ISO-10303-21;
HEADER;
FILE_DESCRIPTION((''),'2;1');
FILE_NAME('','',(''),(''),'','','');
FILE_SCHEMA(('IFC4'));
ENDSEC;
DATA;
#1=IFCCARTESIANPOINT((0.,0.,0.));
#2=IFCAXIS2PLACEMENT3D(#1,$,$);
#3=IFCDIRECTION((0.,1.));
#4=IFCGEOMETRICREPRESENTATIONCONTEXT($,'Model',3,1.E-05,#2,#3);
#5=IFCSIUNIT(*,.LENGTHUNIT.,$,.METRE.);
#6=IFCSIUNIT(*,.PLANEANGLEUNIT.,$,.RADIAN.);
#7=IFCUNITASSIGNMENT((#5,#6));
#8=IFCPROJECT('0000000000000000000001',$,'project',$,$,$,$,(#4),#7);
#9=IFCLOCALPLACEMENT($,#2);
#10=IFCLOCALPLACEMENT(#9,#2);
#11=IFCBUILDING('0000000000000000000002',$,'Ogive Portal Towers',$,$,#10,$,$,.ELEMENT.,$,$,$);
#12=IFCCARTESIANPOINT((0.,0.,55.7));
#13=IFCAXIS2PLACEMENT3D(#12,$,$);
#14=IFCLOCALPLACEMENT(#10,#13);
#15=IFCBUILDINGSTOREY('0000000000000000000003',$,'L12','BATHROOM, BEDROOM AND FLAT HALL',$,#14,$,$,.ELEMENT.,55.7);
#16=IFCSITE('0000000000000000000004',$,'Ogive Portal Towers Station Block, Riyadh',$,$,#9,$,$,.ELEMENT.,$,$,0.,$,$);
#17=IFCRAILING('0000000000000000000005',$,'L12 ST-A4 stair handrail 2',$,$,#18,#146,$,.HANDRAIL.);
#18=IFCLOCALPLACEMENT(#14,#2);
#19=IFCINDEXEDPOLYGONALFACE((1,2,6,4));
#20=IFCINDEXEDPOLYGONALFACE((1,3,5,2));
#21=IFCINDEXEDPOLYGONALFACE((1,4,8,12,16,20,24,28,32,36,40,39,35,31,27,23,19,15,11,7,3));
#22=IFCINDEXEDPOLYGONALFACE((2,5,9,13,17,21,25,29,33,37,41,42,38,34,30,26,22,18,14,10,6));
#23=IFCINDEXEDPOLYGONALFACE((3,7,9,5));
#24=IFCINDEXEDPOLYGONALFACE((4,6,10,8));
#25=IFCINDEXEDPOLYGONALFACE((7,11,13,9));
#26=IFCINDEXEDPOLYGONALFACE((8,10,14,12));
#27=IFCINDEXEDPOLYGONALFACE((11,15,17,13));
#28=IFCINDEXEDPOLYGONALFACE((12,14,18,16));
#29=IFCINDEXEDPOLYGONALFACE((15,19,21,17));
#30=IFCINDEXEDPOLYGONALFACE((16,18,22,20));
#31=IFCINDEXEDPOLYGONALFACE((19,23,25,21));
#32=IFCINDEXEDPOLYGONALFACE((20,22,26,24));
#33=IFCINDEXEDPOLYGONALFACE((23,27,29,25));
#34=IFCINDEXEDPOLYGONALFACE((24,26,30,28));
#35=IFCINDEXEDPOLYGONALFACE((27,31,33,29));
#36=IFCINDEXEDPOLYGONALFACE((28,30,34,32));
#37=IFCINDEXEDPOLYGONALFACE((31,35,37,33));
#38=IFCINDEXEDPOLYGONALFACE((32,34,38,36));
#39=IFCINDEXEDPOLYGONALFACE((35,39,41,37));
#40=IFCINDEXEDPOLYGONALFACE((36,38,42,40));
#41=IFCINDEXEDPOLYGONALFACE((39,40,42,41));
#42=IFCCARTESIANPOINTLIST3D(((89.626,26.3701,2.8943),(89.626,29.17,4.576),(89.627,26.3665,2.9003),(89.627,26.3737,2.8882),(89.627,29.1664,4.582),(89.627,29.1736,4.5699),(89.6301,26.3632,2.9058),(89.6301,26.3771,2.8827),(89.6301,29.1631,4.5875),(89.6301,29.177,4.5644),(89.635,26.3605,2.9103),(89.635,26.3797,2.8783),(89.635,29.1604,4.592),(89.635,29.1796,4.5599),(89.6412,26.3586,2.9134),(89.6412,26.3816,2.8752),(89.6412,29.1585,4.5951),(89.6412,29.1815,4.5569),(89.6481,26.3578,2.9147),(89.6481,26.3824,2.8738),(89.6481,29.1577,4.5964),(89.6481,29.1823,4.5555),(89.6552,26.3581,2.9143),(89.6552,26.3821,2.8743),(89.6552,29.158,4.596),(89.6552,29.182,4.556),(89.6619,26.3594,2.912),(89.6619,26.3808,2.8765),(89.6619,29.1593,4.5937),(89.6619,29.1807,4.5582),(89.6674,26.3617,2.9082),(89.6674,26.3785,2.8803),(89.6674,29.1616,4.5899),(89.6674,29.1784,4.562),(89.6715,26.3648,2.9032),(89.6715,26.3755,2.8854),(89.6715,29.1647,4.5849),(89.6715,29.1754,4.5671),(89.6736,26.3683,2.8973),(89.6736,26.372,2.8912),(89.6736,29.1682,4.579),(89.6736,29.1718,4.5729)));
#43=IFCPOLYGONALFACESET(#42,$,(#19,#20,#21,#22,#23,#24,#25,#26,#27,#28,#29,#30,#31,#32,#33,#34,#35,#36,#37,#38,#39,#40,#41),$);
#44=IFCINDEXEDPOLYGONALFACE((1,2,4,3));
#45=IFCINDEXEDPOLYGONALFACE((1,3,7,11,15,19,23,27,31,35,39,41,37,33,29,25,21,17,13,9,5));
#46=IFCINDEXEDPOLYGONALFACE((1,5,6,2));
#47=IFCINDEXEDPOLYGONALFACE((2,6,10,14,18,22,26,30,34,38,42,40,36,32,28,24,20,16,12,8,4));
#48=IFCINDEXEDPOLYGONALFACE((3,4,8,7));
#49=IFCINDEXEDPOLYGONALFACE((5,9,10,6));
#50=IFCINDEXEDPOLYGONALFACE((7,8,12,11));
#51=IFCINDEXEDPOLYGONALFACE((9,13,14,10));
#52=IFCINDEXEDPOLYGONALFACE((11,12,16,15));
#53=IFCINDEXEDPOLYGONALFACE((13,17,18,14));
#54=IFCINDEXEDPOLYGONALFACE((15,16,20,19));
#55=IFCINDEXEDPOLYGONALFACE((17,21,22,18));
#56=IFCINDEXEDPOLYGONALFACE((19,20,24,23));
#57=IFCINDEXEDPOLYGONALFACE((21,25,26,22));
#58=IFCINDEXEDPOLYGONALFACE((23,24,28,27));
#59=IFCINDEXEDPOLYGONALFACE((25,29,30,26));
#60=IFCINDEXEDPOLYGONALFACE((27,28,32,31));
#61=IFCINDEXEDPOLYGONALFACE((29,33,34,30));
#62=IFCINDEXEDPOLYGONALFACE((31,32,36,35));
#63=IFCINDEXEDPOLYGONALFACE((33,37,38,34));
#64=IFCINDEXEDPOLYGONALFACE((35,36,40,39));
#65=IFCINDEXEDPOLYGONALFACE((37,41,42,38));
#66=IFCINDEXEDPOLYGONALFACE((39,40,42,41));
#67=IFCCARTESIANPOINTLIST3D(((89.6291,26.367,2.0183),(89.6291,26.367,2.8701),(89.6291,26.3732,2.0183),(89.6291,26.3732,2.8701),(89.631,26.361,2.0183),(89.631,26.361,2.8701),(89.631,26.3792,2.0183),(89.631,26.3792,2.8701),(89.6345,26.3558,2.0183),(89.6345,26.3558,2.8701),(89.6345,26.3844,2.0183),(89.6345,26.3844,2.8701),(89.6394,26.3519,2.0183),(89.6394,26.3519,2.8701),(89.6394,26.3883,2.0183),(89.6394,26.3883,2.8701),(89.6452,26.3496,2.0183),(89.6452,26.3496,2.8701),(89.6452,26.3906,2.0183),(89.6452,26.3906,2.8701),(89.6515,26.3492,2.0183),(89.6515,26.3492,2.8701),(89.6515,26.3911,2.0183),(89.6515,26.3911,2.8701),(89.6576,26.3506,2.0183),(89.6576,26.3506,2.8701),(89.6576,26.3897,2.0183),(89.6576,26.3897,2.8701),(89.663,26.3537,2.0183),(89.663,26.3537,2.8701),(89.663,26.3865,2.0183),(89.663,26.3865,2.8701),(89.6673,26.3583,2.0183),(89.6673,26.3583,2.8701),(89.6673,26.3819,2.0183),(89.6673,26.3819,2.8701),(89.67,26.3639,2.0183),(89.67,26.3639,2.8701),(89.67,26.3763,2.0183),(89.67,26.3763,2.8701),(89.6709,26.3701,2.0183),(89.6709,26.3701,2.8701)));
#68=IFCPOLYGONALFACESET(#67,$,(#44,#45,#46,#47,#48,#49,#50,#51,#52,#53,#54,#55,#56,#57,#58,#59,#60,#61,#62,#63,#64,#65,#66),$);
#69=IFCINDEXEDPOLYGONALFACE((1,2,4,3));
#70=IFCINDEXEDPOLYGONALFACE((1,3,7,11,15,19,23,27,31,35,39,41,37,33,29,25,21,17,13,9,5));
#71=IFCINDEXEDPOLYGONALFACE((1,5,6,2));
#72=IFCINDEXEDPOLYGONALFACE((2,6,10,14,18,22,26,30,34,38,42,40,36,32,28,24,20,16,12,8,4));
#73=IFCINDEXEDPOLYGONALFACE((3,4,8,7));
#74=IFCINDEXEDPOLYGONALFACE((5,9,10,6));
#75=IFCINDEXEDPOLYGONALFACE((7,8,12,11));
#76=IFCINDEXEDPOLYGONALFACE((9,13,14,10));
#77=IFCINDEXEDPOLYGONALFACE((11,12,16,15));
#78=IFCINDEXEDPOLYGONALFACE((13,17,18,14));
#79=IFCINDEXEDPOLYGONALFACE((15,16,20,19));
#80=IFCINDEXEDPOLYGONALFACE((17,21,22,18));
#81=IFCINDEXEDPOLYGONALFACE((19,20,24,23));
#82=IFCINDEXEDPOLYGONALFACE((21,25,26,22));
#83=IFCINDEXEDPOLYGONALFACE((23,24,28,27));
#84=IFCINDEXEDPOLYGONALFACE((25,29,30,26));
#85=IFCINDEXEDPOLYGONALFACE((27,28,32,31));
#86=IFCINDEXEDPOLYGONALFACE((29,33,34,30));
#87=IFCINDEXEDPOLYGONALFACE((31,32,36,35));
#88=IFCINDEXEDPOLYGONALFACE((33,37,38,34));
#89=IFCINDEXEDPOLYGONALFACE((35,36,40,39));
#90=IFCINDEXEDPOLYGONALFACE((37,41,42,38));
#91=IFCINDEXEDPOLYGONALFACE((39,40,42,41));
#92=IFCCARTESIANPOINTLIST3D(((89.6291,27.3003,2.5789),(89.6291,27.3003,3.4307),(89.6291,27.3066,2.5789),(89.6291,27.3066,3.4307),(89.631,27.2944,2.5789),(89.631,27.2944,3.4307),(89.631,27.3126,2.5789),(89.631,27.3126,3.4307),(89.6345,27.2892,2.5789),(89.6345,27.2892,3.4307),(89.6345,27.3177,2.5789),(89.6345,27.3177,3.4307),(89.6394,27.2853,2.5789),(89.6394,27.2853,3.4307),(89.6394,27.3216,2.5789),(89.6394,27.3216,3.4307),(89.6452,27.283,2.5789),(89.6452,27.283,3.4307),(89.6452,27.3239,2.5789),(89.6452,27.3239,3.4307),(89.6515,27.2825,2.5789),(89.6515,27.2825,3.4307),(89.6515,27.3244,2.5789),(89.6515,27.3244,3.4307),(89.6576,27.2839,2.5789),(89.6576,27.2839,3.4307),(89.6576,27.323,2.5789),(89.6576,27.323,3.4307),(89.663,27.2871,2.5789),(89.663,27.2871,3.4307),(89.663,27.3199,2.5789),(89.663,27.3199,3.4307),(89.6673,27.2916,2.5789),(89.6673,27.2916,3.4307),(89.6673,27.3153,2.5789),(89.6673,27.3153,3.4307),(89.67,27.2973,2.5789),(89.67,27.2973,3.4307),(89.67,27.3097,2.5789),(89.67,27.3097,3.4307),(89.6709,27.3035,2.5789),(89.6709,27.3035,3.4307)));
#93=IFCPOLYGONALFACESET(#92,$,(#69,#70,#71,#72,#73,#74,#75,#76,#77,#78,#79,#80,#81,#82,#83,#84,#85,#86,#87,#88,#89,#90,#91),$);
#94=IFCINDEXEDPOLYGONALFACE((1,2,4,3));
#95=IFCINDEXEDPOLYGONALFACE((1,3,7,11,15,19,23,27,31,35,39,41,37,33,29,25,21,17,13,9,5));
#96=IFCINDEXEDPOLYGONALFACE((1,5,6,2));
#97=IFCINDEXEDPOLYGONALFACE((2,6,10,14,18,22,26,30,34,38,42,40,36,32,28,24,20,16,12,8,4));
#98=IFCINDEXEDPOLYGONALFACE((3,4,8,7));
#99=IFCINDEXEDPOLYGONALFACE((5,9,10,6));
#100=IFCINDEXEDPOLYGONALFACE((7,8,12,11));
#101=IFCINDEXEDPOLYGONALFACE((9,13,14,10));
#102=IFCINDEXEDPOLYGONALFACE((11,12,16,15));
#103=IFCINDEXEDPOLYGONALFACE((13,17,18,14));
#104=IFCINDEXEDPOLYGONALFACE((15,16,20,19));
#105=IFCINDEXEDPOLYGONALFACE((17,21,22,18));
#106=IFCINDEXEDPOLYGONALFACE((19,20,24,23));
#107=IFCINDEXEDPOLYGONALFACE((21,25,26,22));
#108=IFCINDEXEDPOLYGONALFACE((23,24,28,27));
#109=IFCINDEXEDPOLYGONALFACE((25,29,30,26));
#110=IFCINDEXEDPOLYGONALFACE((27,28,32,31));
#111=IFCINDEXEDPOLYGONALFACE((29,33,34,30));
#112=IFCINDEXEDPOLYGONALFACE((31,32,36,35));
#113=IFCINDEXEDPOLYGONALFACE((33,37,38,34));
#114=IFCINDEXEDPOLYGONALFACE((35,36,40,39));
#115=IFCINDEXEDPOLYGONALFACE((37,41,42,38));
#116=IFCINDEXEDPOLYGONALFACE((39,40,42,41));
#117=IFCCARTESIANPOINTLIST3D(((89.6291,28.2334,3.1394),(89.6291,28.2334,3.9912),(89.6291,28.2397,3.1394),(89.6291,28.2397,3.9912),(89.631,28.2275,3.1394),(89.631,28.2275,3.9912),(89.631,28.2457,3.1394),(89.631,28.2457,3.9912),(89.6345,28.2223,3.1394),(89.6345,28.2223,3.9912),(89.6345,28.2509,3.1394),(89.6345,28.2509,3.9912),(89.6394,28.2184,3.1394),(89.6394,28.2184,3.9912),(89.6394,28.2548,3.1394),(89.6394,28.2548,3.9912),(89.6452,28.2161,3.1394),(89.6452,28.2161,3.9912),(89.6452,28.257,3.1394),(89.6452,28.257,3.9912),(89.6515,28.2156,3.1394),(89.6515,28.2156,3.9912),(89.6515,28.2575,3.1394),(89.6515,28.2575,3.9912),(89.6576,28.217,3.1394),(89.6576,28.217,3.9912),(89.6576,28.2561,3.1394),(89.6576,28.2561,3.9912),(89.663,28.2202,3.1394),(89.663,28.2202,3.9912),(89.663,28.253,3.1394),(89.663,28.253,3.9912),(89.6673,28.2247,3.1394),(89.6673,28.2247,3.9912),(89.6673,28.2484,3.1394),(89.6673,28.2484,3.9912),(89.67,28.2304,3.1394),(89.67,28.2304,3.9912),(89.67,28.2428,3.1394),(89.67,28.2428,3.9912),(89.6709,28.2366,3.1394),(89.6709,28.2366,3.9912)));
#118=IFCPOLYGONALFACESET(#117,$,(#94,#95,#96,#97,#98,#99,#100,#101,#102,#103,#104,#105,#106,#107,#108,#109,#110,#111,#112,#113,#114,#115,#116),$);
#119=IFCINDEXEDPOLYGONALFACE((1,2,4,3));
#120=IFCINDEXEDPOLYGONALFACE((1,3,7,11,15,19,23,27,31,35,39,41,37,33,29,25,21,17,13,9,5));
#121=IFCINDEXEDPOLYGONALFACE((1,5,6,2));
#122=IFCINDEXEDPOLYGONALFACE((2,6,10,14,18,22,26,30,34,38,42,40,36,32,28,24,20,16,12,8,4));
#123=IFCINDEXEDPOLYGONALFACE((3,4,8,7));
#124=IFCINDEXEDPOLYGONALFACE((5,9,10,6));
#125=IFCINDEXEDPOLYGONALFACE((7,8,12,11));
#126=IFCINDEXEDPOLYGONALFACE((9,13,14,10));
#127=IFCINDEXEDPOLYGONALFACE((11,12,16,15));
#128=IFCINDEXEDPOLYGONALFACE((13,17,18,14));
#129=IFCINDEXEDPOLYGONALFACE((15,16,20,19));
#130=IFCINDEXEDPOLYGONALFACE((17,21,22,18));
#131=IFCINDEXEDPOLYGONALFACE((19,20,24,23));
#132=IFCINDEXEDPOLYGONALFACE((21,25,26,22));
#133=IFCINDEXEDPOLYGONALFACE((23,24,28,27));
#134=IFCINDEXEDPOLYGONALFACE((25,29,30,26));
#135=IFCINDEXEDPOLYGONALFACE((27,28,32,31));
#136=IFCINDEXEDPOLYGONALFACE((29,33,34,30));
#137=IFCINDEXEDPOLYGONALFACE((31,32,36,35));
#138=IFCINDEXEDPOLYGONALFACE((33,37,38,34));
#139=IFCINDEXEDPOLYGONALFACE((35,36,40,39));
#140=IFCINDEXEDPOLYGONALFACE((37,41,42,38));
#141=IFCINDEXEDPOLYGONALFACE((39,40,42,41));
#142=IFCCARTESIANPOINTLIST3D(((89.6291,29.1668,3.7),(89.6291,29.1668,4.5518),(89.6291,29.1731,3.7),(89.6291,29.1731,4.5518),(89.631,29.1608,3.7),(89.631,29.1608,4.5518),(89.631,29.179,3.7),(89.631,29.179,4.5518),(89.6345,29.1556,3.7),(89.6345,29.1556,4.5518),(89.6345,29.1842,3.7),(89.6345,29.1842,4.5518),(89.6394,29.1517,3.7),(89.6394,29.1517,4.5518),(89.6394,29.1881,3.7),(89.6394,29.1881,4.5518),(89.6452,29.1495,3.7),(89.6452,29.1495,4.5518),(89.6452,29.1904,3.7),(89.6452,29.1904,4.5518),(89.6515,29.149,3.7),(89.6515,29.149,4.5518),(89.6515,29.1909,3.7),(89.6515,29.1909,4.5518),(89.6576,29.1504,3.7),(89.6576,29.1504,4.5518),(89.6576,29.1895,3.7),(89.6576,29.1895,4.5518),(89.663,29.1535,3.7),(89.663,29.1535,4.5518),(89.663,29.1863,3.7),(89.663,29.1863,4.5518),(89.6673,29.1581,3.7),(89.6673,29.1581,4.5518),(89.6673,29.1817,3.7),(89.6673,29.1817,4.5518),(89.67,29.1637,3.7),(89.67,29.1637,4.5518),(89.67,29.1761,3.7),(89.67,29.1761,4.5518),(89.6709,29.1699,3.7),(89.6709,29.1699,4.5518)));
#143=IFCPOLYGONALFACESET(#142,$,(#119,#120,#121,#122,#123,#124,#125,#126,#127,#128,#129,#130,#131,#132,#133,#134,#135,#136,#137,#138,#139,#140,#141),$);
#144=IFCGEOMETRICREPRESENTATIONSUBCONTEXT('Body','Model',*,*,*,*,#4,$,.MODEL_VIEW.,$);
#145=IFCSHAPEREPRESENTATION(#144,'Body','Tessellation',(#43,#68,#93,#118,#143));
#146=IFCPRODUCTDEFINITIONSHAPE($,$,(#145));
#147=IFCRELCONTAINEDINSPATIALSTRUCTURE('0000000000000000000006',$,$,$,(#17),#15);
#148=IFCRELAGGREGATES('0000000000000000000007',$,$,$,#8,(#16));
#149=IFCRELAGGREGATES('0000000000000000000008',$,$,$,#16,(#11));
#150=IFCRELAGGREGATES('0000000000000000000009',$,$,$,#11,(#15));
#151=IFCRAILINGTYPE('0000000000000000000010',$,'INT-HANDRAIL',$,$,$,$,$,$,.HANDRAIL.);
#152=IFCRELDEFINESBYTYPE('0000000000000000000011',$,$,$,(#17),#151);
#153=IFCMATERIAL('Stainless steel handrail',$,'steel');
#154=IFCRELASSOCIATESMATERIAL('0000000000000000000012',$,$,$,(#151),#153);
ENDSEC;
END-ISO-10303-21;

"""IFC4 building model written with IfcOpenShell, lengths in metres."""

from ifc_helpers import new_model, si_unit, direction, frame, origin, origin_2d, place, context, subcontext, project, spatial, circle, extrude, material, type_object, element, save


model = new_model("IFC4")

# Units and contexts
model_context = context("Model", 3, precision=1e-05, world=origin(), true_north=direction((0.0, 1.0)))
body_context = subcontext(model_context, "Body", "Model", "MODEL_VIEW")
ifc_project = project(units=[si_unit("LENGTHUNIT", "METRE"), si_unit("PLANEANGLEUNIT", "RADIAN")], contexts=[model_context])

# Site, building, storey
site_placement = place(None, origin())
site = spatial("IfcSite", under=ifc_project, at=site_placement, Name="Ogive Portal Towers Station Block, Riyadh", CompositionType="ELEMENT", RefElevation=0.0)
building_placement = place(site_placement, origin())
building = spatial("IfcBuilding", under=site, at=building_placement, Name="Ogive Portal Towers", CompositionType="ELEMENT")
storey_placement = place(building_placement, frame((0.0, 0.0, 55.7)))
storey = spatial("IfcBuildingStorey", under=building, at=storey_placement, Name="L12", Description="BATHROOM, BEDROOM AND FLAT HALL", CompositionType="ELEMENT", Elevation=55.7)

# Railing
ifc_material_1 = material(Name="Stainless steel handrail", Category="steel")
railing_type_1 = type_object("IfcRailingType", Name="INT-HANDRAIL", PredefinedType="HANDRAIL", material=ifc_material_1)
railing_1_placement = place(storey_placement, frame((89.6499, 26.3701, 2.0183)))
element("IfcRailing", 1, at=railing_1_placement, inside=storey, type_object=railing_type_1, Name="L12 ST-A4 stair handrail 2", PredefinedType="HANDRAIL", context=body_context, shape_type="SweptSolid", body=[
    extrude(circle(Radius=0.0239, at=origin_2d()), frame((0.0, 0.0, 0.876), z_axis=(0.0, 0.857255, 0.514891), x_axis=(-1.0, 0.0, 0.0)), (0.0, 0.0, 1.0), 3.2661),
    extrude(circle(Radius=0.021, at=origin_2d()), origin(), (0.0, 0.0, 1.0), 0.8518),
    extrude(circle(Radius=0.021, at=origin_2d()), frame((0.0, 0.9333, 0.5605)), (0.0, 0.0, 1.0), 0.8518),
    extrude(circle(Radius=0.021, at=origin_2d()), frame((0.0, 1.8665, 1.1211)), (0.0, 0.0, 1.0), 0.8518),
    extrude(circle(Radius=0.021, at=origin_2d()), frame((0.0, 2.7998, 1.6816)), (0.0, 0.0, 1.0), 0.8518),
])

save(model, "model.ifc")
